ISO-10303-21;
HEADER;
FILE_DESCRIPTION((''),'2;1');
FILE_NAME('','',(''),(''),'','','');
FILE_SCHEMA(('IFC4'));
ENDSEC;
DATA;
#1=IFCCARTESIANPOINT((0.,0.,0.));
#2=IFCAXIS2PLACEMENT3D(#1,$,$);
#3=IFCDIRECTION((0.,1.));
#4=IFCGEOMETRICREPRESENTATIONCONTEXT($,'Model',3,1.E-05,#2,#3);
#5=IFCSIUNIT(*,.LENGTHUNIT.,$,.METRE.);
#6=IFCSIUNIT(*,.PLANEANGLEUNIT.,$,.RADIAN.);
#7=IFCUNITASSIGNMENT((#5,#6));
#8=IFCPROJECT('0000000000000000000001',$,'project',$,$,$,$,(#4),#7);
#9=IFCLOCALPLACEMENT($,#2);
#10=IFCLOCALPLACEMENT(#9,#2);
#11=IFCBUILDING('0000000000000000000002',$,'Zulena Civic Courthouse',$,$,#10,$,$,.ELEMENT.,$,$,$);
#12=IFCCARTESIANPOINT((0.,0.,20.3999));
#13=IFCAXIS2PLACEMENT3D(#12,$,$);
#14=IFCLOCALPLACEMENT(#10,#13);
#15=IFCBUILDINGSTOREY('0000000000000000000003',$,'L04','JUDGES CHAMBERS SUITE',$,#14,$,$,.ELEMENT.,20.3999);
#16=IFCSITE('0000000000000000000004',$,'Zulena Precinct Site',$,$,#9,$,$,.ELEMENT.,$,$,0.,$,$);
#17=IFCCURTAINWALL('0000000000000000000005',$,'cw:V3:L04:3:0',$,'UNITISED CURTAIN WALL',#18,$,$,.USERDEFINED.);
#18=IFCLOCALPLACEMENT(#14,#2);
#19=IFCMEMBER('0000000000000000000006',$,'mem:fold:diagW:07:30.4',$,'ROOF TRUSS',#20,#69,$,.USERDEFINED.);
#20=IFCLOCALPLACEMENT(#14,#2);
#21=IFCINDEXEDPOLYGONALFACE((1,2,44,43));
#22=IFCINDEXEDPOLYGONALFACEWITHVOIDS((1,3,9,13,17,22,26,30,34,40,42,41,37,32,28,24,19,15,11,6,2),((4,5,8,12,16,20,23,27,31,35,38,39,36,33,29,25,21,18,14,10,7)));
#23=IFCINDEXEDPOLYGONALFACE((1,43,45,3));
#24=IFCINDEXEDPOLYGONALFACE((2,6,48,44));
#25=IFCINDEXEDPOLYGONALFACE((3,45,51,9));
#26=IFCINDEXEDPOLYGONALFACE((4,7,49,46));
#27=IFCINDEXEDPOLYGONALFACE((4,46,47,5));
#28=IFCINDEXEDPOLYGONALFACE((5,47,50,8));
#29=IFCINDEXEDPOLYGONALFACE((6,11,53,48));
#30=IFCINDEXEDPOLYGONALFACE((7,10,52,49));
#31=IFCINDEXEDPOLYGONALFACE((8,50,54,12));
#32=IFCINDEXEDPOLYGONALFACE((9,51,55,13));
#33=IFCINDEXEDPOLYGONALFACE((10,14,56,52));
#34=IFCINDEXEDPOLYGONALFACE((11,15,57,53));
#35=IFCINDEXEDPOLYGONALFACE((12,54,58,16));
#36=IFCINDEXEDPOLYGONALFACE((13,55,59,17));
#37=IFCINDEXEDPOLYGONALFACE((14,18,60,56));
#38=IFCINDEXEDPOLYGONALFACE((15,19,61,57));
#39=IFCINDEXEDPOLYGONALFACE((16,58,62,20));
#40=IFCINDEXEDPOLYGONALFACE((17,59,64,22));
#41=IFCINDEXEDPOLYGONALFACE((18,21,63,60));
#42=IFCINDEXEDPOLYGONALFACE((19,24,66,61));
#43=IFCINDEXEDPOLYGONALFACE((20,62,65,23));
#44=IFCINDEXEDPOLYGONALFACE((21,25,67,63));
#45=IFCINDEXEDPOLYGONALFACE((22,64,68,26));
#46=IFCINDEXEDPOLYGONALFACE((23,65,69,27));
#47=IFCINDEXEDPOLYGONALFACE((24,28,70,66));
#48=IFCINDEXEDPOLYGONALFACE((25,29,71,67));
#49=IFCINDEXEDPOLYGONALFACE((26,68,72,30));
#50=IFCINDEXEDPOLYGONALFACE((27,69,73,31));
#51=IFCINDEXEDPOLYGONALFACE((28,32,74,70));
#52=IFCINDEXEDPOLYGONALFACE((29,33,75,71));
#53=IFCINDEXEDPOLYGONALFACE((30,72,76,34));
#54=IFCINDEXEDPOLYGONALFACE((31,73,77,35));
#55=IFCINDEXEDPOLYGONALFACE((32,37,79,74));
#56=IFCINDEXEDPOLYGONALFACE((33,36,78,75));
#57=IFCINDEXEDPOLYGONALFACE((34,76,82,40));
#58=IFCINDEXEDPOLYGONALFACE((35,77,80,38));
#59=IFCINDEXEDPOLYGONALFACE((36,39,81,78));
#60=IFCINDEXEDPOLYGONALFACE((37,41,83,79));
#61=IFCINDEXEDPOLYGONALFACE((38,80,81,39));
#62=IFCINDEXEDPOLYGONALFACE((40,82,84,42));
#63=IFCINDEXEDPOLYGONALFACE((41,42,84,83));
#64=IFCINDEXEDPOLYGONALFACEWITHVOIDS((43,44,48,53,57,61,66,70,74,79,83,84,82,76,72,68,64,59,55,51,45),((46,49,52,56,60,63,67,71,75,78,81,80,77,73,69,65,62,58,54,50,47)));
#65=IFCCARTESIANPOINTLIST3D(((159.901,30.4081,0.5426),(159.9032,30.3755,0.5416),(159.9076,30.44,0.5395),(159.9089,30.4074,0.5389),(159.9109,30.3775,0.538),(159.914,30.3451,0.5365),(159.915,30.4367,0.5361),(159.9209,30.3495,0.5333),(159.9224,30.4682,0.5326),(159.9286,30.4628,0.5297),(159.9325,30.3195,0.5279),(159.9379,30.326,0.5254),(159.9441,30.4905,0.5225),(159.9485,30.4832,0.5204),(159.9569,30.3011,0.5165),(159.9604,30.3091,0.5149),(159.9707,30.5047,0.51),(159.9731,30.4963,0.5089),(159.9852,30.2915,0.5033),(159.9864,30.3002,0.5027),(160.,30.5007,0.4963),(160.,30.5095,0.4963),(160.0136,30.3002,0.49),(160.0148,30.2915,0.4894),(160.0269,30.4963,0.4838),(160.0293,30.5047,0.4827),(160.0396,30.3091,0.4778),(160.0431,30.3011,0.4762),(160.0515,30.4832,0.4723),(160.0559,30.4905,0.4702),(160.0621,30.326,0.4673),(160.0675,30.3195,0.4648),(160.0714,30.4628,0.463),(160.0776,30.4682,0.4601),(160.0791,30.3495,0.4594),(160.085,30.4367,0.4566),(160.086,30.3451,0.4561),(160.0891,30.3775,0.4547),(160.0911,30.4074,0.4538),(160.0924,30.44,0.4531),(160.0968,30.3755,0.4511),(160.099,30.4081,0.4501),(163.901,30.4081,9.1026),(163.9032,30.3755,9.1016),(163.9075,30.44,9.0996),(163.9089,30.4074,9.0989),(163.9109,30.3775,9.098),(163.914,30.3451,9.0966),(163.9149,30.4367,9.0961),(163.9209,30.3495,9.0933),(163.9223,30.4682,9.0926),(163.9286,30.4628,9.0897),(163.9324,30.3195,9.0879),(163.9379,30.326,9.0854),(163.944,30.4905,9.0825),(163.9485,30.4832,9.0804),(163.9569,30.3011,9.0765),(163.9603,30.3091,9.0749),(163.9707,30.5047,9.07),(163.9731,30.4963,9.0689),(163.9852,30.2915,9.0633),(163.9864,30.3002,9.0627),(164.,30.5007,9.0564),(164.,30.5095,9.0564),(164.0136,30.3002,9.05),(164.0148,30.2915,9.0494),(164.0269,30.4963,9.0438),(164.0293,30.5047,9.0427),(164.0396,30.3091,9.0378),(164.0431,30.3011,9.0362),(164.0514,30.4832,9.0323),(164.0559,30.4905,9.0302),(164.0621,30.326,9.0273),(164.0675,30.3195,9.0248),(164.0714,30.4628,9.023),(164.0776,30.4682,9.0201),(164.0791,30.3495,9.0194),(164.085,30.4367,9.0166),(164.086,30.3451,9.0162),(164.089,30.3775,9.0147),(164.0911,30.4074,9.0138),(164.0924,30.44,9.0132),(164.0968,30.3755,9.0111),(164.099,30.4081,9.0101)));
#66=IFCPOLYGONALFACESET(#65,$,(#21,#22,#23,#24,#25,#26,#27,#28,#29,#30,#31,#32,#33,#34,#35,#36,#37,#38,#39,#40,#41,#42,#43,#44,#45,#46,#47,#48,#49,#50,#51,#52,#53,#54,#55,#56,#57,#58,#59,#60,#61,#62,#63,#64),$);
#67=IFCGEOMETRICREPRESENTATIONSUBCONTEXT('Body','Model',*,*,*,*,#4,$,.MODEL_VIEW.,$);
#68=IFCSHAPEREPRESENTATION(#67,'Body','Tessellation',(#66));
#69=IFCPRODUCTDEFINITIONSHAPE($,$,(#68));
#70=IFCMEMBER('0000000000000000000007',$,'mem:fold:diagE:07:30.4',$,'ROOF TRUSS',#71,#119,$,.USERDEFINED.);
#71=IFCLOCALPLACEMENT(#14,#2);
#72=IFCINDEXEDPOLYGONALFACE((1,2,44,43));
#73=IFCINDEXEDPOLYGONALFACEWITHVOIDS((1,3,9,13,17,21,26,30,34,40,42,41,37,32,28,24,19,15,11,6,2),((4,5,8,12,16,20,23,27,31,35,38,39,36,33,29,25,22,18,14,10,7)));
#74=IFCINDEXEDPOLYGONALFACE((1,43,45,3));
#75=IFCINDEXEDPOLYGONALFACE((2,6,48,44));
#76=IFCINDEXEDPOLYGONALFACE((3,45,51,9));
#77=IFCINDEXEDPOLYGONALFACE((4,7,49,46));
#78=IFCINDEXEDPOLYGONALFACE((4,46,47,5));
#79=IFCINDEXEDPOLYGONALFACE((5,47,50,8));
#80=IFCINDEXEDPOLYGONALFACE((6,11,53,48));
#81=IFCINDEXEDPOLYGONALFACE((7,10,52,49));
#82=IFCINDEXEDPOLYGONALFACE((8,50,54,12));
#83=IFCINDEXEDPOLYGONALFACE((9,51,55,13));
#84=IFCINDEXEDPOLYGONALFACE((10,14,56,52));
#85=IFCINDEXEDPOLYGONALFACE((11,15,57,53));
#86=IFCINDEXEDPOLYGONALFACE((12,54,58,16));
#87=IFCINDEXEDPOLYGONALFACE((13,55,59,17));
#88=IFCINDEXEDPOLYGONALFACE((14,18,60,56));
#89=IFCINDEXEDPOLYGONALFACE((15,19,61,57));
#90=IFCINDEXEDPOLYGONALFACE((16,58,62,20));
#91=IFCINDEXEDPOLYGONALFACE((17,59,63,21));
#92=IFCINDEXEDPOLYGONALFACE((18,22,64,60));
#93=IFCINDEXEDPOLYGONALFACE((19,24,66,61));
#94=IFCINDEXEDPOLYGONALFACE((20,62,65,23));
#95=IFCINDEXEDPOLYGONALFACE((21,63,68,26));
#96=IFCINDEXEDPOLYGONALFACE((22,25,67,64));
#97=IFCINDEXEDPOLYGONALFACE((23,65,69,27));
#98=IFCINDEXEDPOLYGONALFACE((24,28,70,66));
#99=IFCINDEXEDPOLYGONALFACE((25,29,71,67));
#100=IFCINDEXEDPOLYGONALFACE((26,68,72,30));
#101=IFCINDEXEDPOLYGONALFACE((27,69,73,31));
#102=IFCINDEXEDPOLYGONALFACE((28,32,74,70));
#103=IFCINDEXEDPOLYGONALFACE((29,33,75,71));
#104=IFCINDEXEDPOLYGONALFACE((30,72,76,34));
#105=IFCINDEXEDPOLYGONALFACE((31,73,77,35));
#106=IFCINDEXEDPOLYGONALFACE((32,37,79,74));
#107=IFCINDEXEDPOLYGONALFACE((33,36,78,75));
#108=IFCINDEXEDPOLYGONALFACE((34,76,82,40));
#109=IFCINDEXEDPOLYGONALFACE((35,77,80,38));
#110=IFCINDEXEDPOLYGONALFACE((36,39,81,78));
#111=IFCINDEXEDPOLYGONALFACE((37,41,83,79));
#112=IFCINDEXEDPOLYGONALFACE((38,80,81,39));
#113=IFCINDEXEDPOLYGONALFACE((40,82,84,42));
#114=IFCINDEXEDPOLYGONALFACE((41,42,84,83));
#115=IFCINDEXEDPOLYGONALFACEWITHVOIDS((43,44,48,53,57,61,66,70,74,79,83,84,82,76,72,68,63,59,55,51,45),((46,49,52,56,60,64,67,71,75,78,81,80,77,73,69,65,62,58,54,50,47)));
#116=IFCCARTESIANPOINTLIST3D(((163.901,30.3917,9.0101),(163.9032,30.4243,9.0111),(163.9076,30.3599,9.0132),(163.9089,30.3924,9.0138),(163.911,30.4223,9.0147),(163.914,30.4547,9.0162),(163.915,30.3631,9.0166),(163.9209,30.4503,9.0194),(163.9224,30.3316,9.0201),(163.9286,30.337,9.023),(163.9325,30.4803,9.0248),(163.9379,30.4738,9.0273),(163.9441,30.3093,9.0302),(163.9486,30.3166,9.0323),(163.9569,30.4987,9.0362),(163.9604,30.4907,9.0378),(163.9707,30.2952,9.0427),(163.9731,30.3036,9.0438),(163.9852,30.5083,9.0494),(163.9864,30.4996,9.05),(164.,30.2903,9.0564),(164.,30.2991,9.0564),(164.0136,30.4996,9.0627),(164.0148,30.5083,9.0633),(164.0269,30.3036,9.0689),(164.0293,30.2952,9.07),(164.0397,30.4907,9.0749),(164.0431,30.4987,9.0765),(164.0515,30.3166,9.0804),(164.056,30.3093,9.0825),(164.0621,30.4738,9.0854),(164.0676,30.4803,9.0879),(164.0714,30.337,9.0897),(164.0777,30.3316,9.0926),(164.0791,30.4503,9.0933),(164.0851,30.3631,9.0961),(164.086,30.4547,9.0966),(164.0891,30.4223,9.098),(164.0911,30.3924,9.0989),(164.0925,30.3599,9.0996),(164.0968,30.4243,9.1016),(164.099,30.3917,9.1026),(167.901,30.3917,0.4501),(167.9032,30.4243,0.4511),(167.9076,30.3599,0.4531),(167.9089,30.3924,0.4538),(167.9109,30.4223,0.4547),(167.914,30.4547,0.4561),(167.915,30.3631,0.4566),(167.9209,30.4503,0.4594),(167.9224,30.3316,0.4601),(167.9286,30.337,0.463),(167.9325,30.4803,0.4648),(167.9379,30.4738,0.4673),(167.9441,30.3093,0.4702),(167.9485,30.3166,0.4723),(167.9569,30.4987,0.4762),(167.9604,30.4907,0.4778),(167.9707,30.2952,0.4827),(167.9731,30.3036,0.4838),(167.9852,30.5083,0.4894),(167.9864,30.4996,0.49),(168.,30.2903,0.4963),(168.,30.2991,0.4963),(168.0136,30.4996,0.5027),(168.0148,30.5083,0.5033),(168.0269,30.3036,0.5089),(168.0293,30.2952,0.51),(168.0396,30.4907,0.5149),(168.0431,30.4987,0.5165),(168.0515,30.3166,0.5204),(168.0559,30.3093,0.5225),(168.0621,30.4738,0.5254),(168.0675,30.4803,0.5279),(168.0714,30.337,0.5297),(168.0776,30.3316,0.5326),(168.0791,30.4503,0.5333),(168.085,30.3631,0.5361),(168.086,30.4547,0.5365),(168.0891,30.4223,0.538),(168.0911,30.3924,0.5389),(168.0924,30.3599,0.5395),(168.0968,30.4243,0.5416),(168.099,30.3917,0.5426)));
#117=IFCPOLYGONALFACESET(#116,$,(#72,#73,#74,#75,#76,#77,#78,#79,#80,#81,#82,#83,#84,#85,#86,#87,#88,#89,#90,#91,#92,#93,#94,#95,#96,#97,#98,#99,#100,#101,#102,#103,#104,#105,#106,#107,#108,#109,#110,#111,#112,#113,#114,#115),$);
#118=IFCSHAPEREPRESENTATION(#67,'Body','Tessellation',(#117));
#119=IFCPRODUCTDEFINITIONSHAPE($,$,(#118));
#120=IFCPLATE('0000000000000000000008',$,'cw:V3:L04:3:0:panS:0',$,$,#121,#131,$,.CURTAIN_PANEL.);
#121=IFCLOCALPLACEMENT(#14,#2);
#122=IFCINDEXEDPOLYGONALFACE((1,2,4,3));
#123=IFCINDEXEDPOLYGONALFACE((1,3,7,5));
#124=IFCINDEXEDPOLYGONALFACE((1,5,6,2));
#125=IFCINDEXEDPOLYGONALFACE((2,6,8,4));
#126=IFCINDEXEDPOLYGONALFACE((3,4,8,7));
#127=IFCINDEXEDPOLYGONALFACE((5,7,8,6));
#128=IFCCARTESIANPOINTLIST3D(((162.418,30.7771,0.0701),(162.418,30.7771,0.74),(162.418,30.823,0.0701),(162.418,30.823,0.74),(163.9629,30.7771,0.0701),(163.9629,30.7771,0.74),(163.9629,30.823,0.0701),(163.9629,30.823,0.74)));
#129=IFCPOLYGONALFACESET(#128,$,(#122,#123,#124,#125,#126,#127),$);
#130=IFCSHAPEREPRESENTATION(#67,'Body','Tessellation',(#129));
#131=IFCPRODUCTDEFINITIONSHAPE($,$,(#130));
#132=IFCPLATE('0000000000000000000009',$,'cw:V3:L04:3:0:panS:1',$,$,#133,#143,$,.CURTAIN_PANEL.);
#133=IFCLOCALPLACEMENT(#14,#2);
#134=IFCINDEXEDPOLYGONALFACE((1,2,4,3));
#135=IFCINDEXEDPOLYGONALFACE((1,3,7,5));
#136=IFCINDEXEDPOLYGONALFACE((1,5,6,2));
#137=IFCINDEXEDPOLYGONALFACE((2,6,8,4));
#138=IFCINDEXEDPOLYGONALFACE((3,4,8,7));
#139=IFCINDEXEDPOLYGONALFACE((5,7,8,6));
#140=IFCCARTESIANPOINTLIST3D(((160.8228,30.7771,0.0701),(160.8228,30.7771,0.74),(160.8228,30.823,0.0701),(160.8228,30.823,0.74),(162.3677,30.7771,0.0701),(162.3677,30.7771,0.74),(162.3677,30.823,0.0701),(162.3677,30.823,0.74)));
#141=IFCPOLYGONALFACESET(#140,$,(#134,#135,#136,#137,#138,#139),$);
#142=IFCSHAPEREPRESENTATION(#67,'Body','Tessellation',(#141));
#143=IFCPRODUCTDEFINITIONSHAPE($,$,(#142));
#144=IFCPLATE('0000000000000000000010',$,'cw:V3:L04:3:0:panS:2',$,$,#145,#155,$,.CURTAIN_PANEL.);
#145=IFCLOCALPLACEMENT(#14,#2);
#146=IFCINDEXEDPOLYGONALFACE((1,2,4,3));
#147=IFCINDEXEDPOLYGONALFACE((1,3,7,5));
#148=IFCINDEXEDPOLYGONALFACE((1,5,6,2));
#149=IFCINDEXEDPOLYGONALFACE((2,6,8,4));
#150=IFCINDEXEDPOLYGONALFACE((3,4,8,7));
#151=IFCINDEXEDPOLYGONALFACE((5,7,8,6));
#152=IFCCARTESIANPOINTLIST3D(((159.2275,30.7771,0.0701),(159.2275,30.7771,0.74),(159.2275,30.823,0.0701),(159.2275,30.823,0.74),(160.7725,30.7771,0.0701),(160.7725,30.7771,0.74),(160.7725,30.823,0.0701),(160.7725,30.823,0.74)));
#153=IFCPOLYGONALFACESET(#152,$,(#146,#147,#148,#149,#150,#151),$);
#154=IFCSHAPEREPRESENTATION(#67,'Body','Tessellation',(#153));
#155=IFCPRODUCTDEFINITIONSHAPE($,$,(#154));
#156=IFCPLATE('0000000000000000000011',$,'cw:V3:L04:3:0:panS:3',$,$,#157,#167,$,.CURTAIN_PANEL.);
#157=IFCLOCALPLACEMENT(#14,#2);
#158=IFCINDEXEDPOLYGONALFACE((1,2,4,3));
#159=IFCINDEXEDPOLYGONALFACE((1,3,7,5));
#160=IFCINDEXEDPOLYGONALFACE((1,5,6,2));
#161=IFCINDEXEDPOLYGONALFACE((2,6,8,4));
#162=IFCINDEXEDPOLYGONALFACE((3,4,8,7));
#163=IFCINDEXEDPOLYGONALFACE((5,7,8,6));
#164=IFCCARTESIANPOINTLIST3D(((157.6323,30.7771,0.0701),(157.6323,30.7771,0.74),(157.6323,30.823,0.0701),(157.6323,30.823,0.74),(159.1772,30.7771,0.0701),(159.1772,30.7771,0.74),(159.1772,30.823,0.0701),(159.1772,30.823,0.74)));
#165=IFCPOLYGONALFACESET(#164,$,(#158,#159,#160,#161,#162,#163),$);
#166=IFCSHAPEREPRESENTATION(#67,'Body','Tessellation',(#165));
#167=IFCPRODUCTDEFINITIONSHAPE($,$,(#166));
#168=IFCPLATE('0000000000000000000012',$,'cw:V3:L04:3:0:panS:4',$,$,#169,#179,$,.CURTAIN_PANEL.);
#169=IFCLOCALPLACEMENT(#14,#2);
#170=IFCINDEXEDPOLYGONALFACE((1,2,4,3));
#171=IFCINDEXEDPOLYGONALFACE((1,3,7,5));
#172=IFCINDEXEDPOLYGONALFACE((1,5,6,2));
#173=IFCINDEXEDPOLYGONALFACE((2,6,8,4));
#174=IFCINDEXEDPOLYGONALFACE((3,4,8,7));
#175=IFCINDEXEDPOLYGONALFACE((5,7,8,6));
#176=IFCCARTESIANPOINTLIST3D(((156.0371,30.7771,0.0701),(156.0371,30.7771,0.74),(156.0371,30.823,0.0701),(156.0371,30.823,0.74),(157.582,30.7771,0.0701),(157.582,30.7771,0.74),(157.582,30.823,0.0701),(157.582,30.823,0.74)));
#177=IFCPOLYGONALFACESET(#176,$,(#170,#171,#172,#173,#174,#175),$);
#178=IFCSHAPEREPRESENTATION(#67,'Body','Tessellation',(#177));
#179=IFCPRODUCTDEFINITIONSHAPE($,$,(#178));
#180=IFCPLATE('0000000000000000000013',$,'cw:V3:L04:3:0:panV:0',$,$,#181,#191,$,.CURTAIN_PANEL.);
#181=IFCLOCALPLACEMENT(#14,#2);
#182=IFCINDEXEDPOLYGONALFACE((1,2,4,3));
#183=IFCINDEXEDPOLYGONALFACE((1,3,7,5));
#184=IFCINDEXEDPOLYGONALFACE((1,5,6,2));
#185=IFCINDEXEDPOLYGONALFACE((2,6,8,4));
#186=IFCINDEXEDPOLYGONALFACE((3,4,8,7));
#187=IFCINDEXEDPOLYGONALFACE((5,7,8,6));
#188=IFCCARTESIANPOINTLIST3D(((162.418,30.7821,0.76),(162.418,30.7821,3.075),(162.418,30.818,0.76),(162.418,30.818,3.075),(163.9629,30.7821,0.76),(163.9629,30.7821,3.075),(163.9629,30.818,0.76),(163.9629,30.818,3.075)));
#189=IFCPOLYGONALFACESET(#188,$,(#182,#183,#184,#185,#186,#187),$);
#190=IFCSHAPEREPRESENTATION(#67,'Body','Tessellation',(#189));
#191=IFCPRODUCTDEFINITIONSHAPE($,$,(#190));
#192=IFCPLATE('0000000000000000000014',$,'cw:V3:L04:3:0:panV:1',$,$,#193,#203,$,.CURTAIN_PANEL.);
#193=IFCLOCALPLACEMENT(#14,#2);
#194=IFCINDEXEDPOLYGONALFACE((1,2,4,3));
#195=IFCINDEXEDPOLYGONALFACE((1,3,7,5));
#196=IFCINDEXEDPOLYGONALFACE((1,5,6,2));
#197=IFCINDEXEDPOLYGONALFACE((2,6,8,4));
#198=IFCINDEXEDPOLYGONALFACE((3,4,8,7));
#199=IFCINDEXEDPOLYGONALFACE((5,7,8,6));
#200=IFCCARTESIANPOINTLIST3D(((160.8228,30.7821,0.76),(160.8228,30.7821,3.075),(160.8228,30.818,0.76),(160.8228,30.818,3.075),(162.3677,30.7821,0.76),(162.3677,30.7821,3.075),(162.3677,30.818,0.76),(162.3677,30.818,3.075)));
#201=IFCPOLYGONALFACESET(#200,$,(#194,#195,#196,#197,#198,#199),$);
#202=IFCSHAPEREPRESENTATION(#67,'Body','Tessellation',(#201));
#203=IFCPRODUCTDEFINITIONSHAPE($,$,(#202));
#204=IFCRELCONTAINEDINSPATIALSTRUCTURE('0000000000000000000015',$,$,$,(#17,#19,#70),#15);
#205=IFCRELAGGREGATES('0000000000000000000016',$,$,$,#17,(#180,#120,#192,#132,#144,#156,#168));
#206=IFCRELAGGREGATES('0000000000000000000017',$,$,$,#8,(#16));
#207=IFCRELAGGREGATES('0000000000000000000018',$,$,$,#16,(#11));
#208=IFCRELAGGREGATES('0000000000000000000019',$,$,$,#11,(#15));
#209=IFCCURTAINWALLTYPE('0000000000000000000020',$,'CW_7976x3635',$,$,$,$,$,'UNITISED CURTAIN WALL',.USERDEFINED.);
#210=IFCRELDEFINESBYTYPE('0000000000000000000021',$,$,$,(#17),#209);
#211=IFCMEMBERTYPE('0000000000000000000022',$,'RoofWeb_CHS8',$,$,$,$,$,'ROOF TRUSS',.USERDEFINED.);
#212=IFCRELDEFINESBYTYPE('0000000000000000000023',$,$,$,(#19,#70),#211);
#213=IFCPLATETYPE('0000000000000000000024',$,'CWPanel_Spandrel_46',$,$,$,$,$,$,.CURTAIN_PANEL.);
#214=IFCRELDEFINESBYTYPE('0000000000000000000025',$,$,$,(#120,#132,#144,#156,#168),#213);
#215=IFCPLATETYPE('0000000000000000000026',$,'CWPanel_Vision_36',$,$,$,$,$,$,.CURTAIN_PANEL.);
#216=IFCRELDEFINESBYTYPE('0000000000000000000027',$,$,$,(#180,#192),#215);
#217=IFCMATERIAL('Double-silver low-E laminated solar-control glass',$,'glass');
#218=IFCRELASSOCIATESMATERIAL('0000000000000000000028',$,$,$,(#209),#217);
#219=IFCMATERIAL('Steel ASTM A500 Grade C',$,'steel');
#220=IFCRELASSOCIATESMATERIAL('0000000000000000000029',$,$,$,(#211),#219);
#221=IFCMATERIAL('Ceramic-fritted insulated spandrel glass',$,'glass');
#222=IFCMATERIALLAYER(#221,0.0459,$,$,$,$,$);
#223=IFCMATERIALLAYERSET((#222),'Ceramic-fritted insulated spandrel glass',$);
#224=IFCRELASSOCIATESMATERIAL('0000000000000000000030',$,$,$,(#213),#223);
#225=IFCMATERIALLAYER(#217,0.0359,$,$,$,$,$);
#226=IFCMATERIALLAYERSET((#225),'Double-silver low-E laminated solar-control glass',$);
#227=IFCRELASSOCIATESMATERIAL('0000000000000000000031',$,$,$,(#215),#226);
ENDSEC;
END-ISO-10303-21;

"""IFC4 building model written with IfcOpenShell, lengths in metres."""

from ifc_helpers import new_model, si_unit, direction, frame, origin, origin_2d, place, context, subcontext, project, spatial, rectangle, hollow_circle, extrude, material, layer, layer_set, material_profile, profile_set, type_object, element, aggregate, save


model = new_model("IFC4")

# Units and contexts
model_context = context("Model", 3, precision=1e-05, world=origin(), true_north=direction((0.0, 1.0)))
body_context = subcontext(model_context, "Body", "Model", "MODEL_VIEW")
ifc_project = project(units=[si_unit("LENGTHUNIT", "METRE"), si_unit("PLANEANGLEUNIT", "RADIAN")], contexts=[model_context])

# Site, building, storey
site_placement = place(None, origin())
site = spatial("IfcSite", under=ifc_project, at=site_placement, Name="Zulena Precinct Site", CompositionType="ELEMENT", RefElevation=0.0)
building_placement = place(site_placement, origin())
building = spatial("IfcBuilding", under=site, at=building_placement, Name="Zulena Civic Courthouse", CompositionType="ELEMENT")
storey_placement = place(building_placement, frame((0.0, 0.0, 20.3999)))
storey = spatial("IfcBuildingStorey", under=building, at=storey_placement, Name="L04", Description="JUDGES CHAMBERS SUITE", CompositionType="ELEMENT", Elevation=20.3999)

# Curtain wall
ifc_material_1 = material(Name="Double-silver low-E laminated solar-control glass", Category="glass")
curtain_wall_type = type_object("IfcCurtainWallType", Name="CW_7976x3635", ElementType="UNITISED CURTAIN WALL", PredefinedType="USERDEFINED", material=ifc_material_1)
curtain_wall_placement = place(storey_placement, origin())
curtain_wall = element("IfcCurtainWall", 1, at=curtain_wall_placement, inside=storey, type_object=curtain_wall_type, Name="cw:V3:L04:3:0", ObjectType="UNITISED CURTAIN WALL", PredefinedType="USERDEFINED")

# Members
ifc_material_2 = material(Name="Steel ASTM A500 Grade C", Category="steel")
ifc_material_profile_1 = material_profile(ifc_material_2, hollow_circle(Radius=0.1096, WallThickness=0.0088, at=origin_2d()), Name="HSS8.625X0.375")
ifc_profile_set_1 = profile_set([ifc_material_profile_1], Name="Steel ASTM A500 Grade C")
member_type_1 = type_object("IfcMemberType", Name="RoofWeb_CHS8", ElementType="ROOF TRUSS", PredefinedType="USERDEFINED", material=ifc_profile_set_1)
for number, where, z_axis, x_axis, name in (
    (2, (160.0, 30.3999, 0.4963), (0.423347, 0.0, 0.905968), (0.0, 1.0, 0.0), "mem:fold:diagW:07:30.4"),
    (3, (168.0, 30.3999, 0.4963), (-0.423347, 0.0, 0.905968), (0.0, -1.0, 0.0), "mem:fold:diagE:07:30.4"),
):
    element("IfcMember", number, at=place(storey_placement, frame(where, z_axis=z_axis, x_axis=x_axis)), inside=storey, type_object=member_type_1, Name=name, ObjectType="ROOF TRUSS", PredefinedType="USERDEFINED", context=body_context, shape_type="SweptSolid", body=[
        extrude(hollow_circle(Radius=0.1096, WallThickness=0.0088, at=origin_2d()), origin(), (0.0, 0.0, 1.0), 9.4485),
    ])

# Plates
ifc_material_3 = material(Name="Ceramic-fritted insulated spandrel glass", Category="glass")
ifc_layer_1 = layer(ifc_material_3, 0.0459)
ifc_layer_set_1 = layer_set([ifc_layer_1], Name="Ceramic-fritted insulated spandrel glass")
plate_type_1 = type_object("IfcPlateType", Name="CWPanel_Spandrel_46", PredefinedType="CURTAIN_PANEL", material=ifc_layer_set_1)
plate_1_placement = place(storey_placement, frame((163.1904, 30.8, 0.0701), z_axis=(0.0, 0.0, 1.0), x_axis=(-1.0, 0.0, 0.0)))
plate_1 = element("IfcPlate", 4, at=plate_1_placement, type_object=plate_type_1, Name="cw:V3:L04:3:0:panS:0", PredefinedType="CURTAIN_PANEL", context=body_context, shape_type="SweptSolid", body=[
    extrude(rectangle(XDim=1.5449, YDim=0.0459, at=origin_2d()), origin(), (0.0, 0.0, 1.0), 0.6699),
])
plate_2_placement = place(storey_placement, frame((161.5952, 30.8, 0.0701), z_axis=(0.0, 0.0, 1.0), x_axis=(-1.0, 0.0, 0.0)))
plate_2 = element("IfcPlate", 5, at=plate_2_placement, type_object=plate_type_1, Name="cw:V3:L04:3:0:panS:1", PredefinedType="CURTAIN_PANEL", context=body_context, shape_type="SweptSolid", body=[
    extrude(rectangle(XDim=1.5449, YDim=0.0459, at=origin_2d()), origin(), (0.0, 0.0, 1.0), 0.6699),
])
plate_3_placement = place(storey_placement, frame((160.0, 30.8, 0.0701), z_axis=(0.0, 0.0, 1.0), x_axis=(-1.0, 0.0, 0.0)))
plate_3 = element("IfcPlate", 6, at=plate_3_placement, type_object=plate_type_1, Name="cw:V3:L04:3:0:panS:2", PredefinedType="CURTAIN_PANEL", context=body_context, shape_type="SweptSolid", body=[
    extrude(rectangle(XDim=1.5449, YDim=0.0459, at=origin_2d()), origin(), (0.0, 0.0, 1.0), 0.6699),
])
plate_4_placement = place(storey_placement, frame((158.4048, 30.8, 0.0701), z_axis=(0.0, 0.0, 1.0), x_axis=(-1.0, 0.0, 0.0)))
plate_4 = element("IfcPlate", 7, at=plate_4_placement, type_object=plate_type_1, Name="cw:V3:L04:3:0:panS:3", PredefinedType="CURTAIN_PANEL", context=body_context, shape_type="SweptSolid", body=[
    extrude(rectangle(XDim=1.5449, YDim=0.0459, at=origin_2d()), origin(), (0.0, 0.0, 1.0), 0.6699),
])
plate_5_placement = place(storey_placement, frame((156.8096, 30.8, 0.0701), z_axis=(0.0, 0.0, 1.0), x_axis=(-1.0, 0.0, 0.0)))
plate_5 = element("IfcPlate", 8, at=plate_5_placement, type_object=plate_type_1, Name="cw:V3:L04:3:0:panS:4", PredefinedType="CURTAIN_PANEL", context=body_context, shape_type="SweptSolid", body=[
    extrude(rectangle(XDim=1.5449, YDim=0.0459, at=origin_2d()), origin(), (0.0, 0.0, 1.0), 0.6699),
])
ifc_layer_2 = layer(ifc_material_1, 0.0359)
ifc_layer_set_2 = layer_set([ifc_layer_2], Name="Double-silver low-E laminated solar-control glass")
plate_type_2 = type_object("IfcPlateType", Name="CWPanel_Vision_36", PredefinedType="CURTAIN_PANEL", material=ifc_layer_set_2)
plate_6_placement = place(storey_placement, frame((163.1904, 30.8, 0.76), z_axis=(0.0, 0.0, 1.0), x_axis=(-1.0, 0.0, 0.0)))
plate_6 = element("IfcPlate", 9, at=plate_6_placement, type_object=plate_type_2, Name="cw:V3:L04:3:0:panV:0", PredefinedType="CURTAIN_PANEL", context=body_context, shape_type="SweptSolid", body=[
    extrude(rectangle(XDim=1.5449, YDim=0.0359, at=origin_2d()), origin(), (0.0, 0.0, 1.0), 2.3149),
])
plate_7_placement = place(storey_placement, frame((161.5952, 30.8, 0.76), z_axis=(0.0, 0.0, 1.0), x_axis=(-1.0, 0.0, 0.0)))
plate_7 = element("IfcPlate", 10, at=plate_7_placement, type_object=plate_type_2, Name="cw:V3:L04:3:0:panV:1", PredefinedType="CURTAIN_PANEL", context=body_context, shape_type="SweptSolid", body=[
    extrude(rectangle(XDim=1.5449, YDim=0.0359, at=origin_2d()), origin(), (0.0, 0.0, 1.0), 2.3149),
])
aggregate(curtain_wall, [plate_6, plate_1, plate_7, plate_2, plate_3, plate_4, plate_5])

save(model, "model.ifc")
